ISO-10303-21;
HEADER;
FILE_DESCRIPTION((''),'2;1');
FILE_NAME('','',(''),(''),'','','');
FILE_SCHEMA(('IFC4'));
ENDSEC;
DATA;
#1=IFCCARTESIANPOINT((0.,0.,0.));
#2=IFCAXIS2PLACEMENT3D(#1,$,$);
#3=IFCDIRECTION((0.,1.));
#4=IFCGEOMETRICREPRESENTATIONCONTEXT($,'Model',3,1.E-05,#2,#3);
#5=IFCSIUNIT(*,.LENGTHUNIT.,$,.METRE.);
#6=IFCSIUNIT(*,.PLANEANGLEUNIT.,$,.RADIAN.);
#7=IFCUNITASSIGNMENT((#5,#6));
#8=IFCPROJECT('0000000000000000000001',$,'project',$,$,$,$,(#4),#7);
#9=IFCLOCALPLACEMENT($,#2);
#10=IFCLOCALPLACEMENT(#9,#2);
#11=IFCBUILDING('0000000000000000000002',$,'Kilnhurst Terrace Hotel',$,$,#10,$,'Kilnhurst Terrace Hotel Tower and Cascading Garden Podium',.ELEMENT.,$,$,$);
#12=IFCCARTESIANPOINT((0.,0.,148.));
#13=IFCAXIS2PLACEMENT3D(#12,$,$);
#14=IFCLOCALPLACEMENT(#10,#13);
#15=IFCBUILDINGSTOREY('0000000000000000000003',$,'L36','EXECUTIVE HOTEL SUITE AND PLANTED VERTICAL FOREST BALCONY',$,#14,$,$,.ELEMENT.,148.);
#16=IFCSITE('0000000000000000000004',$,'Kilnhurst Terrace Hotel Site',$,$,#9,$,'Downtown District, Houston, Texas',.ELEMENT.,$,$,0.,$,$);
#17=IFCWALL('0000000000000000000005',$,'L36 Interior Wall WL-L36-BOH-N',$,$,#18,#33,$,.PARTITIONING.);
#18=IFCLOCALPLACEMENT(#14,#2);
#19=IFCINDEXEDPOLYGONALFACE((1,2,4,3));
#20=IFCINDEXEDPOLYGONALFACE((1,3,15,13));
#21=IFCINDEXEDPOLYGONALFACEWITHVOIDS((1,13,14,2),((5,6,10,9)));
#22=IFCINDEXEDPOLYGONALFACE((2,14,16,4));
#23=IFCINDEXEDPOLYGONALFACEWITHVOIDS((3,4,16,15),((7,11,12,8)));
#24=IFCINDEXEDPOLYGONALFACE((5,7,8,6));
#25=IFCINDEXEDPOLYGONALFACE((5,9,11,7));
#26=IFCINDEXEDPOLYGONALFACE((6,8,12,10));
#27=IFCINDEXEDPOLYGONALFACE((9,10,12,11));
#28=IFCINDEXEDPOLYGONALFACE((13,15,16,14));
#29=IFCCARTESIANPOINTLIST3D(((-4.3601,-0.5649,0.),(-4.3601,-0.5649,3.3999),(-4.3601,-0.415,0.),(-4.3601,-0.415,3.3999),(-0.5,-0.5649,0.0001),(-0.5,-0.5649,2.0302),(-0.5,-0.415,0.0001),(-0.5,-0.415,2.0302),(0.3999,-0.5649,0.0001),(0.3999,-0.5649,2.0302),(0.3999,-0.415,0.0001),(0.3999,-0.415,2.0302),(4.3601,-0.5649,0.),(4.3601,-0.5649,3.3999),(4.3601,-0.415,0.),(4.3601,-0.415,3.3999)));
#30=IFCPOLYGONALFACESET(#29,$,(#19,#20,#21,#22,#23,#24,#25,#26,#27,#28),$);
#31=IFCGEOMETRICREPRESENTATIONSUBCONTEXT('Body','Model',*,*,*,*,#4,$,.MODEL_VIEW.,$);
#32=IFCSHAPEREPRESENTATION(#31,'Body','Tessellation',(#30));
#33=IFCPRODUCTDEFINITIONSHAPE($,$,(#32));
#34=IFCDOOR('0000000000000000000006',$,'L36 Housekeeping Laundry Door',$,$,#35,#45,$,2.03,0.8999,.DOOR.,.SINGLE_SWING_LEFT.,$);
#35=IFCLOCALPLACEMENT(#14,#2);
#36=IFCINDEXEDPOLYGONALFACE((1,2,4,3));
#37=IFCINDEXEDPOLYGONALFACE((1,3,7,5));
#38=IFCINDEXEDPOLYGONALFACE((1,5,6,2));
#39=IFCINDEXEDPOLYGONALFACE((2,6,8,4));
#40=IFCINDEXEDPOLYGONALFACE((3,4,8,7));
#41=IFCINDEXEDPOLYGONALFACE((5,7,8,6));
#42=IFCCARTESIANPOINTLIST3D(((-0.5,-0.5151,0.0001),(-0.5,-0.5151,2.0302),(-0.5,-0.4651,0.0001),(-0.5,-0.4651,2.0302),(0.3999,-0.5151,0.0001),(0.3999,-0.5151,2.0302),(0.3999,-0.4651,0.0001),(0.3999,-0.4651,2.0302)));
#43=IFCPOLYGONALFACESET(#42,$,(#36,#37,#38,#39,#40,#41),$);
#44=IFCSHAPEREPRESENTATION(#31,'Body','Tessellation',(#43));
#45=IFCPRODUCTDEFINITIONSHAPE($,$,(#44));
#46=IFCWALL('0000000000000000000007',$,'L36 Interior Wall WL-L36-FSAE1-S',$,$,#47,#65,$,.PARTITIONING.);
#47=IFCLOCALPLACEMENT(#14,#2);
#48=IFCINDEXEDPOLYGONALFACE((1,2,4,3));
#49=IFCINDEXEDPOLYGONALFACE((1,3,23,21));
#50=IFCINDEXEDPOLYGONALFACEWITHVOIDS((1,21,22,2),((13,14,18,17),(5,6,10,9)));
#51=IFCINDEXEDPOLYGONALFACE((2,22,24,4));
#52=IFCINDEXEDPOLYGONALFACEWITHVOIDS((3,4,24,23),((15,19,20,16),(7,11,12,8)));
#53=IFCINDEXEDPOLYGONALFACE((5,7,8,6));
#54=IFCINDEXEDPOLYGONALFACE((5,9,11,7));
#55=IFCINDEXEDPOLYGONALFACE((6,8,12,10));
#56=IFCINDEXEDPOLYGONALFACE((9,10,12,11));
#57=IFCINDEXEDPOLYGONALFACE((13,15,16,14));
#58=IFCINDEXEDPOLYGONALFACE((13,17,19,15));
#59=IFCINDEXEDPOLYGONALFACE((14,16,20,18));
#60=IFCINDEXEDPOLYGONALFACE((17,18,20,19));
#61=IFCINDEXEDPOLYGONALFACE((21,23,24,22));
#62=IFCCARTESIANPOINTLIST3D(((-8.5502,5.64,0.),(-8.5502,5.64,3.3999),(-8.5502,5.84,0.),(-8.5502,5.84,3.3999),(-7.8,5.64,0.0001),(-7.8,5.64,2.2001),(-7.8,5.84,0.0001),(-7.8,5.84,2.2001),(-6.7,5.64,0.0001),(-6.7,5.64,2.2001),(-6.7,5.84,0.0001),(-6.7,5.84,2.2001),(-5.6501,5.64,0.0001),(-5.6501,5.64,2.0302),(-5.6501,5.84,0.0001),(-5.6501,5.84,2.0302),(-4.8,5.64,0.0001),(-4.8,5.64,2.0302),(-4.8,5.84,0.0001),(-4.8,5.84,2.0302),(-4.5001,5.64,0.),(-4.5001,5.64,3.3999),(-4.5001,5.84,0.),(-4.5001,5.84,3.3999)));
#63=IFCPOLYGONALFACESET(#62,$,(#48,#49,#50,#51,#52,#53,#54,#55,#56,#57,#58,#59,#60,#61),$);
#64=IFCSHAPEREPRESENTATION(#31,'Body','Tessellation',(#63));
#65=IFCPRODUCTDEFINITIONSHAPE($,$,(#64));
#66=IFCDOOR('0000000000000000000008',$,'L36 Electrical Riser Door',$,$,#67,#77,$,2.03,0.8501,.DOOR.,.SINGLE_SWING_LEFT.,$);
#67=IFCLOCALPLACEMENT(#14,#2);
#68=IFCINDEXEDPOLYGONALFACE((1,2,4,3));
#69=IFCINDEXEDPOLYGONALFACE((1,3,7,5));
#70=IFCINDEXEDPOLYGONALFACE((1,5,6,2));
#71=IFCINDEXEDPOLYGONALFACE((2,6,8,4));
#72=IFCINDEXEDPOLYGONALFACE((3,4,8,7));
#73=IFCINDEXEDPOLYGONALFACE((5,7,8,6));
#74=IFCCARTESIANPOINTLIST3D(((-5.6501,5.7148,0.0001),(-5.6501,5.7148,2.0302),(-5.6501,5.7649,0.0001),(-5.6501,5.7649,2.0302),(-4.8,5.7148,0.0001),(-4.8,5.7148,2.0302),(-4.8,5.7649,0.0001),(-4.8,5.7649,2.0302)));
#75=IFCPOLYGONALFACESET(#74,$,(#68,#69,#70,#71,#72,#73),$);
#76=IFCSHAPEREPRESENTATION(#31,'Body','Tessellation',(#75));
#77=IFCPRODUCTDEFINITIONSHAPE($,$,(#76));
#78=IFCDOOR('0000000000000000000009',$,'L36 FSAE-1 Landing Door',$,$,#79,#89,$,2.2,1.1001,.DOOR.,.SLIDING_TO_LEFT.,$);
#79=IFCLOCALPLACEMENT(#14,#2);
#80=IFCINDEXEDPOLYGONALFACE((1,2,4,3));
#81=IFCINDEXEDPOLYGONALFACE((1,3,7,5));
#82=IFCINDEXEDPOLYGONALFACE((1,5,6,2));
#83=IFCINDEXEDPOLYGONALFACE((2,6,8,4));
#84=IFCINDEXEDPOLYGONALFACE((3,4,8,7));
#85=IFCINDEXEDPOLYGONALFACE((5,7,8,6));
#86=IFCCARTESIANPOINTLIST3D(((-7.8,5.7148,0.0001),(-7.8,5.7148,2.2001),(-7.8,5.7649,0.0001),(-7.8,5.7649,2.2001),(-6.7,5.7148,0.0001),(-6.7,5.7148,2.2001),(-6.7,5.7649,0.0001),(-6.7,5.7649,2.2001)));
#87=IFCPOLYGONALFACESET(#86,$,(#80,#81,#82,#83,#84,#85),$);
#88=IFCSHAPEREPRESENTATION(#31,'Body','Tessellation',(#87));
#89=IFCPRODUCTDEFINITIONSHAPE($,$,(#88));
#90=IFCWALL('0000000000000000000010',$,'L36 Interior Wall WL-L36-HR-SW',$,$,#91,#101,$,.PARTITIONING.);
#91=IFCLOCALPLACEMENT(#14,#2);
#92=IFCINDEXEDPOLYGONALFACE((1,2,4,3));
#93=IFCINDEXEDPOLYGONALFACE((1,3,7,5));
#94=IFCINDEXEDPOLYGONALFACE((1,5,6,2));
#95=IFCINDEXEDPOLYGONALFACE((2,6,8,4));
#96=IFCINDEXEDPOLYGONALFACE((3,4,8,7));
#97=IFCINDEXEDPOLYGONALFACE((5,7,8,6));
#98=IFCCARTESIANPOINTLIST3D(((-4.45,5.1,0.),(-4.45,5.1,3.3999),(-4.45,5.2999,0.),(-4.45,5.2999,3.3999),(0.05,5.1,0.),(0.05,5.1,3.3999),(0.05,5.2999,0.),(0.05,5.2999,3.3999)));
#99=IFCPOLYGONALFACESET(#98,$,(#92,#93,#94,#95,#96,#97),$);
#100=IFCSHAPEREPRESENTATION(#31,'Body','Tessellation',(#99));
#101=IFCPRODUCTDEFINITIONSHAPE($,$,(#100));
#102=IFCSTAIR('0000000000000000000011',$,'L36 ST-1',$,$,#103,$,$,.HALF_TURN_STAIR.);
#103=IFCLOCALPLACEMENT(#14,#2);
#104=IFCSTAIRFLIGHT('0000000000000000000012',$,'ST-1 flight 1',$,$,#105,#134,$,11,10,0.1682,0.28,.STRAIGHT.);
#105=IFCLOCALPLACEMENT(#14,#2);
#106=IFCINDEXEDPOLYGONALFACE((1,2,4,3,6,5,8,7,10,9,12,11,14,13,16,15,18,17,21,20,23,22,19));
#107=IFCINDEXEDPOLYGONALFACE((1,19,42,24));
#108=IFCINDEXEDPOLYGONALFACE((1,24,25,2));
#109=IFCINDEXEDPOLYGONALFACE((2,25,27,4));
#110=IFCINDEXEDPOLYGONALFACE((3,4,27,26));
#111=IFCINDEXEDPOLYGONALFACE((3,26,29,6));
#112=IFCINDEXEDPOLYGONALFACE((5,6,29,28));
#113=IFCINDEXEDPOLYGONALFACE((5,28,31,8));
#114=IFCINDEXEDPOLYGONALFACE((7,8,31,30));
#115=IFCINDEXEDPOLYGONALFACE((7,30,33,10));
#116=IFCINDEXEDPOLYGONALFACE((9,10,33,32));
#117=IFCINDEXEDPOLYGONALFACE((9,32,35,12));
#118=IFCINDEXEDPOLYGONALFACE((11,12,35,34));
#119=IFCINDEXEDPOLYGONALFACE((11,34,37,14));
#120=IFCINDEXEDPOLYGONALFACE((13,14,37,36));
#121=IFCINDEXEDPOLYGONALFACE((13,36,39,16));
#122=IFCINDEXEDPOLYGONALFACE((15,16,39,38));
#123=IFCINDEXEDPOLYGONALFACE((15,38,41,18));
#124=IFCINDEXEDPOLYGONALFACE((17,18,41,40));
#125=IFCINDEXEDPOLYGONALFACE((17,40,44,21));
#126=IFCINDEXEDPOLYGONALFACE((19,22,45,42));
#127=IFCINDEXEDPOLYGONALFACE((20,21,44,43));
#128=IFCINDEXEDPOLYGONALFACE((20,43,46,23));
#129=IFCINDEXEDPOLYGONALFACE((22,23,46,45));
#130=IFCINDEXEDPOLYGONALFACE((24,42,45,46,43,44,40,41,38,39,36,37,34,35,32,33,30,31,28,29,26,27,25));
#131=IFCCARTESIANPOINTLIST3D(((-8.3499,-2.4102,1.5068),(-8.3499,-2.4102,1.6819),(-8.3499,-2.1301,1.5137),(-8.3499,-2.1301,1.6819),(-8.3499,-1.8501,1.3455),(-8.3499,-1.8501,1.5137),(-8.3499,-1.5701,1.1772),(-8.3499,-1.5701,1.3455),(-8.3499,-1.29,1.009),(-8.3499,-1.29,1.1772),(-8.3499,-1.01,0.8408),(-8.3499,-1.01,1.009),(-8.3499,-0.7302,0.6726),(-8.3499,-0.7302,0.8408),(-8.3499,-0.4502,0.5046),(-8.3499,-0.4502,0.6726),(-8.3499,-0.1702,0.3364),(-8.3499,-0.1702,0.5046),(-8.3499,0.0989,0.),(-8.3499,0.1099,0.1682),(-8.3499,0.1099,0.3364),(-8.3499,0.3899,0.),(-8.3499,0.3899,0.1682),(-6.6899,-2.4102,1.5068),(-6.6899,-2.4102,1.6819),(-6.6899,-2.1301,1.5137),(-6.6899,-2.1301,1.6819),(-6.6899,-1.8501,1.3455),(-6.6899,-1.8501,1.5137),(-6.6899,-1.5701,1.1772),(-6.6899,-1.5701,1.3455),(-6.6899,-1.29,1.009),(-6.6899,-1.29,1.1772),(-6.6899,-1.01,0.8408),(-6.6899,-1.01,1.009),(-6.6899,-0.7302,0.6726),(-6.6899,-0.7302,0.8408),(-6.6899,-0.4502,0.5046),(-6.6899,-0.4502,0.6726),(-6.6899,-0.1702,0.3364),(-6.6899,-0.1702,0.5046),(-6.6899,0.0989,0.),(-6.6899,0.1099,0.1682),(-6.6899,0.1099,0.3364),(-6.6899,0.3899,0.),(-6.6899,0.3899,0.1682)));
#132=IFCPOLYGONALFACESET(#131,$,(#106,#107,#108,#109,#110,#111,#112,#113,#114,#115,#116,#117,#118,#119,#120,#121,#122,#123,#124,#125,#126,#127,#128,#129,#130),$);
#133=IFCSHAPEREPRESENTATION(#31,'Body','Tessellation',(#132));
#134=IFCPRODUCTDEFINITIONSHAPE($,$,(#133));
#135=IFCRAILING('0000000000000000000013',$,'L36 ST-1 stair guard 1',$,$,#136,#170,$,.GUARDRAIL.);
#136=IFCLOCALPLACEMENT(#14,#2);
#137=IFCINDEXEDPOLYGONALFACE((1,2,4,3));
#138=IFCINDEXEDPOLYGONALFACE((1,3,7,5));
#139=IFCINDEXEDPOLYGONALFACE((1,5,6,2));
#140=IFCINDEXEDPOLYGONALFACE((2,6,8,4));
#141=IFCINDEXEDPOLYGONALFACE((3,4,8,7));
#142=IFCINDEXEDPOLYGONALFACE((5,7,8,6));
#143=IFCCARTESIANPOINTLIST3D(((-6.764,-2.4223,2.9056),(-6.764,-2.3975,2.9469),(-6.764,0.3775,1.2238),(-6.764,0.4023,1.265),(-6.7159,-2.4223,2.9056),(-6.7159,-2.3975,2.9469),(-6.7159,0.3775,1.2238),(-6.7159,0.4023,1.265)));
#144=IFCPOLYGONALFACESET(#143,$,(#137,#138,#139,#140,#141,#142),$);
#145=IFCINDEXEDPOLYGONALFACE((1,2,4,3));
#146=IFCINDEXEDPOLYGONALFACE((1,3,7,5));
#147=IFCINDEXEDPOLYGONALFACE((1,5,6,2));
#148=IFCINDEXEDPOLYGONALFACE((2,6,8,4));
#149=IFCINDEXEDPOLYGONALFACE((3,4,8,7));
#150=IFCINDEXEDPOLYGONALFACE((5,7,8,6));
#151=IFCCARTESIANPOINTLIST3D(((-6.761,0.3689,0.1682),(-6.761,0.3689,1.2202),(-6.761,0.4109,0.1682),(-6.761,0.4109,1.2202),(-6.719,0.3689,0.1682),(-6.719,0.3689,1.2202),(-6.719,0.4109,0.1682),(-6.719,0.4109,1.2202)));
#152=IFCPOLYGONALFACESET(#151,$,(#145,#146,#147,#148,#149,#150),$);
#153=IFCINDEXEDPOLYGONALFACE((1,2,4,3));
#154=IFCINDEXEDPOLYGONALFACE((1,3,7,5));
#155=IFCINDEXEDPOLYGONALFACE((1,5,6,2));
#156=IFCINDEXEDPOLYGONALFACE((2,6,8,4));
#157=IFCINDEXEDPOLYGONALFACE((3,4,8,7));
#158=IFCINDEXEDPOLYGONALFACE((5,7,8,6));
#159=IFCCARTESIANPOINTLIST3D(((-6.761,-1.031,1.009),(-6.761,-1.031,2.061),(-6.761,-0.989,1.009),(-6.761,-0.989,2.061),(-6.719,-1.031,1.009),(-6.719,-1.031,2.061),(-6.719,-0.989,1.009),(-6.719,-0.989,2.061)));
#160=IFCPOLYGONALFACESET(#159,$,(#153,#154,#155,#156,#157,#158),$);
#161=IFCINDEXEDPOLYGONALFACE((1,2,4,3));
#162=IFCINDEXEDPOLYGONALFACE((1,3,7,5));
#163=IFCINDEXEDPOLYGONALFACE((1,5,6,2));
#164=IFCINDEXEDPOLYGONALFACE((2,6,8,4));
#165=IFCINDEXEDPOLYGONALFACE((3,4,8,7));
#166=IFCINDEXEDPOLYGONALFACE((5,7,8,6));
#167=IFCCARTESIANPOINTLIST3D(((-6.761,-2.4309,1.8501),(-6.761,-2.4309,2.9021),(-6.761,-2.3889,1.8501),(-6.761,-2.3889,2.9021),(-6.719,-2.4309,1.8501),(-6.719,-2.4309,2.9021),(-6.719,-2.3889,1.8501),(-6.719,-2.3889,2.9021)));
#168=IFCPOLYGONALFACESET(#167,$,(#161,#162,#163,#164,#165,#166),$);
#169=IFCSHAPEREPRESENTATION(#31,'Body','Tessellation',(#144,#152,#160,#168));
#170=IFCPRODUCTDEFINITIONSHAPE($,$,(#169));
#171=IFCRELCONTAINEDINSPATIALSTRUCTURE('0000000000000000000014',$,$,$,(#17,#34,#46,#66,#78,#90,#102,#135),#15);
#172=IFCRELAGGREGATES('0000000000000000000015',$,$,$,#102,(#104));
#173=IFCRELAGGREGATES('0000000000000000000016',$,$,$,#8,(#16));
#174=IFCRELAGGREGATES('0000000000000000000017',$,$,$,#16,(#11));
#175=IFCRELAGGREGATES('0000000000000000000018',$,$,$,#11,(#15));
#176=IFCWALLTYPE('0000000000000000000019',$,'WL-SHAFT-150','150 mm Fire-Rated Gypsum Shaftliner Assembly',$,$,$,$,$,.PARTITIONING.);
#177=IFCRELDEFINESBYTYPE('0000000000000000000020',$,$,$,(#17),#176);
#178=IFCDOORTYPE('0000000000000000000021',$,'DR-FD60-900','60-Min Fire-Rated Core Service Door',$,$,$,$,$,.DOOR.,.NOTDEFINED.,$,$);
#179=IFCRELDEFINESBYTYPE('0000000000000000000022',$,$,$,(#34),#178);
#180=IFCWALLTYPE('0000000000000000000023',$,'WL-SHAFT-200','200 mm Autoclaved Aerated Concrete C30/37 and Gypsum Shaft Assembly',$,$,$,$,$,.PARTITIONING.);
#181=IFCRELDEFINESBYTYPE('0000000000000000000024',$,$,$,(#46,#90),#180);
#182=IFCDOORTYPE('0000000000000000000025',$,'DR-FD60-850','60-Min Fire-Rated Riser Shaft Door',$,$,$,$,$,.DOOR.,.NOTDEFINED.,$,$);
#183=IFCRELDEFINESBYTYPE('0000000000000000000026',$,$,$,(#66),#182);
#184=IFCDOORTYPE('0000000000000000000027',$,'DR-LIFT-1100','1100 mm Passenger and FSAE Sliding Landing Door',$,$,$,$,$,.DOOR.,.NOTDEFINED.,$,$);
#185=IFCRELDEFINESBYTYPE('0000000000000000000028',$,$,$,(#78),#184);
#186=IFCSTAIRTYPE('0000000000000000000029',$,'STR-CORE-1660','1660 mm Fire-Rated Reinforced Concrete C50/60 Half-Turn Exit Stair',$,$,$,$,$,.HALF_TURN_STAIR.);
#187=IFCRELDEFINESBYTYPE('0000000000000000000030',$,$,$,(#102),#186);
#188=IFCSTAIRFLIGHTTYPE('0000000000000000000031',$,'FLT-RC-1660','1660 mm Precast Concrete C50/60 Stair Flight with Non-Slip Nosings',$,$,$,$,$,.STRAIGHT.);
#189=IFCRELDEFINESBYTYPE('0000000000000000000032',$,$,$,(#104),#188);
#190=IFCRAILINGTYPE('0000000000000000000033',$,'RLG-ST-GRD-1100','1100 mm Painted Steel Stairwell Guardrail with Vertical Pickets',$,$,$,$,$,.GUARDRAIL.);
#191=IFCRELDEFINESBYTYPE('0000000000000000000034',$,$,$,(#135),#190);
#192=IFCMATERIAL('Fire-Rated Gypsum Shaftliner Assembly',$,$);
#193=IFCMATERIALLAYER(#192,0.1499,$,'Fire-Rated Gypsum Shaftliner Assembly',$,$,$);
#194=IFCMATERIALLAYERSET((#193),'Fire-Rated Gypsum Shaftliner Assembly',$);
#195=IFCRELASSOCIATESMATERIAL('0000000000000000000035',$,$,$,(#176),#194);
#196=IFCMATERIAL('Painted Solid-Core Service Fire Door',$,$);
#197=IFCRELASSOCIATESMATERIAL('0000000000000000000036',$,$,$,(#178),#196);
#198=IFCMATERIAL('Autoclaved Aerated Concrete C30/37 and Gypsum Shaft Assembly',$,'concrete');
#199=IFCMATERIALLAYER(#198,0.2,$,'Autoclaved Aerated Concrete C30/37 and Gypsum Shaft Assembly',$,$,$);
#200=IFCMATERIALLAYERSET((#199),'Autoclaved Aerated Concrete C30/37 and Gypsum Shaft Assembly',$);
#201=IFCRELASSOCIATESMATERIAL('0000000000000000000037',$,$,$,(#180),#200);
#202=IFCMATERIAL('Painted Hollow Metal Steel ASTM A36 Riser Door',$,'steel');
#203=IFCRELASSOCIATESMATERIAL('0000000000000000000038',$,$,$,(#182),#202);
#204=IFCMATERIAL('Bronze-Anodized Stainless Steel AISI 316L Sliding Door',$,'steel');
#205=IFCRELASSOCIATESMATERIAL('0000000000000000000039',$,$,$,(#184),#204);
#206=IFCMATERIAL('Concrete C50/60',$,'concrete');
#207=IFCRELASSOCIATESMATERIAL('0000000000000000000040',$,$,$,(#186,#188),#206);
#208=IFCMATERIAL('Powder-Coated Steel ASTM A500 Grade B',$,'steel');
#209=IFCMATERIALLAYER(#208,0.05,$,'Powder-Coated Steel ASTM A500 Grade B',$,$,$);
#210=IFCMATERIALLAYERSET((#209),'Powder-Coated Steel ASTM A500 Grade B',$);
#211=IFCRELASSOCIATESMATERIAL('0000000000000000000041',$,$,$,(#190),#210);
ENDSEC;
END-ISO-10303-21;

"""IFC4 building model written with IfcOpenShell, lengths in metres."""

from ifc_helpers import new_model, si_unit, direction, frame, frame_2d, origin, origin_2d, place, context, subcontext, project, spatial, polyline, rectangle, outline, extrude, material, layer, layer_set, type_object, element, fill, aggregate, save


model = new_model("IFC4")

# Units and contexts
model_context = context("Model", 3, precision=1e-05, world=origin(), true_north=direction((0.0, 1.0)))
body_context = subcontext(model_context, "Body", "Model", "MODEL_VIEW")
ifc_project = project(units=[si_unit("LENGTHUNIT", "METRE"), si_unit("PLANEANGLEUNIT", "RADIAN")], contexts=[model_context])

# Site, building, storey
site_placement = place(None, origin())
site = spatial("IfcSite", under=ifc_project, at=site_placement, Name="Kilnhurst Terrace Hotel Site", LongName="Downtown District, Houston, Texas", CompositionType="ELEMENT", RefElevation=0.0)
building_placement = place(site_placement, origin())
building = spatial("IfcBuilding", under=site, at=building_placement, Name="Kilnhurst Terrace Hotel", LongName="Kilnhurst Terrace Hotel Tower and Cascading Garden Podium", CompositionType="ELEMENT")
storey_placement = place(building_placement, frame((0.0, 0.0, 148.0)))
storey = spatial("IfcBuildingStorey", under=building, at=storey_placement, Name="L36", Description="EXECUTIVE HOTEL SUITE AND PLANTED VERTICAL FOREST BALCONY", CompositionType="ELEMENT", Elevation=148.0)

# Shared definitions
ifc_material_1 = material(Name="Concrete C50/60", Category="concrete")

# Shared definitions
ifc_material_2 = material(Name="Fire-Rated Gypsum Shaftliner Assembly")
ifc_layer_1 = layer(ifc_material_2, 0.1499, Name="Fire-Rated Gypsum Shaftliner Assembly")
ifc_layer_set_1 = layer_set([ifc_layer_1], Name="Fire-Rated Gypsum Shaftliner Assembly")
wall_type_1 = type_object("IfcWallType", Name="WL-SHAFT-150", Description="150 mm Fire-Rated Gypsum Shaftliner Assembly", PredefinedType="PARTITIONING", material=ifc_layer_set_1)

# Wall, opening, door
wall_1_placement = place(storey_placement, frame((-4.3601, -0.49, 0.0), z_axis=(0.0, 0.0, 1.0), x_axis=(1.0, 0.0, 0.0)))
wall_1 = element("IfcWall", 1, at=wall_1_placement, inside=storey, type_object=wall_type_1, Name="L36 Interior Wall WL-L36-BOH-N", PredefinedType="PARTITIONING", context=body_context, shape_type="SweptSolid", body=[
    extrude(rectangle(XDim=8.7202, YDim=0.1499, at=frame_2d((4.3601, 0.0))), origin(), (0.0, 0.0, 1.0), 3.3999),
])
opening_1_placement = place(wall_1_placement, frame((3.8601, 0.0, 0.0)))
opening_1 = element("IfcOpeningElement", 2, at=opening_1_placement, cuts=wall_1, PredefinedType="OPENING", context=body_context, shape_type="SweptSolid", body=[
    extrude(rectangle(XDim=0.8999, YDim=2.03, at=frame_2d((0.45, 1.0151))), frame((0.0, 0.085, 0.0), z_axis=(0.0, -1.0, 0.0), x_axis=(1.0, 0.0, 0.0)), (0.0, 0.0, 1.0), 0.1699),
])
ifc_material_3 = material(Name="Painted Solid-Core Service Fire Door")
door_type_1 = type_object("IfcDoorType", Name="DR-FD60-900", Description="60-Min Fire-Rated Core Service Door", OperationType="NOTDEFINED", PredefinedType="DOOR", material=ifc_material_3)
door_1_placement = place(opening_1_placement, origin())
door_1 = element("IfcDoor", 3, at=door_1_placement, inside=storey, type_object=door_type_1, Name="L36 Housekeeping Laundry Door", OperationType="SINGLE_SWING_LEFT", OverallHeight=2.03, OverallWidth=0.8999, PredefinedType="DOOR", context=body_context, shape_type="SweptSolid", body=[
    extrude(rectangle(XDim=0.8999, YDim=2.03, at=frame_2d((0.45, 1.0151))), frame((0.0, 0.0249, 0.0), z_axis=(0.0, -1.0, 0.0), x_axis=(1.0, 0.0, 0.0)), (0.0, 0.0, 1.0), 0.05),
])
fill(opening_1, door_1)

# Wall, openings, doors
ifc_material_4 = material(Name="Autoclaved Aerated Concrete C30/37 and Gypsum Shaft Assembly", Category="concrete")
ifc_layer_2 = layer(ifc_material_4, 0.2, Name="Autoclaved Aerated Concrete C30/37 and Gypsum Shaft Assembly")
ifc_layer_set_2 = layer_set([ifc_layer_2], Name="Autoclaved Aerated Concrete C30/37 and Gypsum Shaft Assembly")
wall_type_2 = type_object("IfcWallType", Name="WL-SHAFT-200", Description="200 mm Autoclaved Aerated Concrete C30/37 and Gypsum Shaft Assembly", PredefinedType="PARTITIONING", material=ifc_layer_set_2)
wall_2_placement = place(storey_placement, frame((-8.55, 5.74, 0.0), z_axis=(0.0, 0.0, 1.0), x_axis=(1.0, 0.0, 0.0)))
wall_2 = element("IfcWall", 4, at=wall_2_placement, inside=storey, type_object=wall_type_2, Name="L36 Interior Wall WL-L36-FSAE1-S", PredefinedType="PARTITIONING", context=body_context, shape_type="SweptSolid", body=[
    extrude(rectangle(XDim=4.05, YDim=0.2, at=frame_2d((2.0249, 0.0))), origin(), (0.0, 0.0, 1.0), 3.3999),
])
opening_2_placement = place(wall_2_placement, frame((0.75, 0.0, 0.0)))
opening_2 = element("IfcOpeningElement", 5, at=opening_2_placement, cuts=wall_2, PredefinedType="OPENING", context=body_context, shape_type="SweptSolid", body=[
    extrude(rectangle(XDim=1.1001, YDim=2.2, at=frame_2d((0.55, 1.1001))), frame((0.0, 0.1099, 0.0), z_axis=(0.0, -1.0, 0.0), x_axis=(1.0, 0.0, 0.0)), (0.0, 0.0, 1.0), 0.22),
])
opening_3_placement = place(wall_2_placement, frame((2.8999, 0.0, 0.0)))
opening_3 = element("IfcOpeningElement", 6, at=opening_3_placement, cuts=wall_2, PredefinedType="OPENING", context=body_context, shape_type="SweptSolid", body=[
    extrude(rectangle(XDim=0.8501, YDim=2.03, at=frame_2d((0.425, 1.0151))), frame((0.0, 0.1099, 0.0), z_axis=(0.0, -1.0, 0.0), x_axis=(1.0, 0.0, 0.0)), (0.0, 0.0, 1.0), 0.22),
])
ifc_material_5 = material(Name="Painted Hollow Metal Steel ASTM A36 Riser Door", Category="steel")
door_type_2 = type_object("IfcDoorType", Name="DR-FD60-850", Description="60-Min Fire-Rated Riser Shaft Door", OperationType="NOTDEFINED", PredefinedType="DOOR", material=ifc_material_5)
door_2_placement = place(opening_3_placement, origin())
door_2 = element("IfcDoor", 7, at=door_2_placement, inside=storey, type_object=door_type_2, Name="L36 Electrical Riser Door", OperationType="SINGLE_SWING_LEFT", OverallHeight=2.03, OverallWidth=0.8501, PredefinedType="DOOR", context=body_context, shape_type="SweptSolid", body=[
    extrude(rectangle(XDim=0.8501, YDim=2.03, at=frame_2d((0.425, 1.0151))), frame((0.0, 0.0249, 0.0), z_axis=(0.0, -1.0, 0.0), x_axis=(1.0, 0.0, 0.0)), (0.0, 0.0, 1.0), 0.05),
])
fill(opening_3, door_2)
ifc_material_6 = material(Name="Bronze-Anodized Stainless Steel AISI 316L Sliding Door", Category="steel")
door_type_3 = type_object("IfcDoorType", Name="DR-LIFT-1100", Description="1100 mm Passenger and FSAE Sliding Landing Door", OperationType="NOTDEFINED", PredefinedType="DOOR", material=ifc_material_6)
door_3_placement = place(opening_2_placement, origin())
door_3 = element("IfcDoor", 8, at=door_3_placement, inside=storey, type_object=door_type_3, Name="L36 FSAE-1 Landing Door", OperationType="SLIDING_TO_LEFT", OverallHeight=2.2, OverallWidth=1.1001, PredefinedType="DOOR", context=body_context, shape_type="SweptSolid", body=[
    extrude(rectangle(XDim=1.1001, YDim=2.2, at=frame_2d((0.55, 1.1001))), frame((0.0, 0.0249, 0.0), z_axis=(0.0, -1.0, 0.0), x_axis=(1.0, 0.0, 0.0)), (0.0, 0.0, 1.0), 0.05),
])
fill(opening_2, door_3)

# Wall
wall_3_placement = place(storey_placement, frame((-4.45, 5.2, 0.0), z_axis=(0.0, 0.0, 1.0), x_axis=(1.0, 0.0, 0.0)))
element("IfcWall", 9, at=wall_3_placement, inside=storey, type_object=wall_type_2, Name="L36 Interior Wall WL-L36-HR-SW", PredefinedType="PARTITIONING", context=body_context, shape_type="SweptSolid", body=[
    extrude(rectangle(XDim=4.5, YDim=0.2, at=frame_2d((2.25, 0.0))), origin(), (0.0, 0.0, 1.0), 3.3999),
])

# Stair, stair flight
stair_type = type_object("IfcStairType", Name="STR-CORE-1660", Description="1660 mm Fire-Rated Reinforced Concrete C50/60 Half-Turn Exit Stair", PredefinedType="HALF_TURN_STAIR", material=ifc_material_1)
stair_placement = place(storey_placement, origin())
stair = element("IfcStair", 10, at=stair_placement, inside=storey, type_object=stair_type, Name="L36 ST-1", PredefinedType="HALF_TURN_STAIR")
stair_flight_type = type_object("IfcStairFlightType", Name="FLT-RC-1660", Description="1660 mm Precast Concrete C50/60 Stair Flight with Non-Slip Nosings", PredefinedType="STRAIGHT", material=ifc_material_1)
stair_flight_placement = place(storey_placement, frame((-7.52, 0.3899, 0.0), z_axis=(0.0, 0.0, 1.0), x_axis=(0.0, -1.0, 0.0)))
stair_flight = element("IfcStairFlight", 11, at=stair_flight_placement, type_object=stair_flight_type, Name="ST-1 flight 1", NumberOfRisers=11, NumberOfTreads=10, PredefinedType="STRAIGHT", RiserHeight=0.1682, TreadLength=0.28, context=body_context, shape_type="SweptSolid", body=[
    extrude(outline(polyline([(0.0, 0.0), (0.0, 0.1682), (0.28, 0.1682), (0.28, 0.3364), (0.5601, 0.3364), (0.5601, 0.5046), (0.8401, 0.5046), (0.8401, 0.6726), (1.1201, 0.6726), (1.1201, 0.8408), (1.3999, 0.8408), (1.3999, 1.009), (1.6799, 1.009), (1.6799, 1.1772), (1.96, 1.1772), (1.96, 1.3455), (2.24, 1.3455), (2.24, 1.5137), (2.52, 1.5137), (2.52, 1.6819), (2.8, 1.6819), (2.8, 1.8501), (2.8, 1.5068), (0.291, 0.0), (0.0, 0.0)])), frame((0.0, 0.8301, 0.0), z_axis=(0.0, -1.0, 0.0), x_axis=(1.0, 0.0, 0.0)), (0.0, 0.0, 1.0), 1.6599),
])
aggregate(stair, [stair_flight])

# Railing
ifc_material_7 = material(Name="Powder-Coated Steel ASTM A500 Grade B", Category="steel")
ifc_layer_3 = layer(ifc_material_7, 0.05, Name="Powder-Coated Steel ASTM A500 Grade B")
ifc_layer_set_3 = layer_set([ifc_layer_3], Name="Powder-Coated Steel ASTM A500 Grade B")
railing_type_1 = type_object("IfcRailingType", Name="RLG-ST-GRD-1100", Description="1100 mm Painted Steel Stairwell Guardrail with Vertical Pickets", PredefinedType="GUARDRAIL", material=ifc_layer_set_3)
railing_1_placement = place(storey_placement, frame((-6.74, 0.3899, 0.1682)))
element("IfcRailing", 12, at=railing_1_placement, inside=storey, type_object=railing_type_1, Name="L36 ST-1 stair guard 1", PredefinedType="GUARDRAIL", context=body_context, shape_type="SweptSolid", body=[
    extrude(rectangle(XDim=0.0481, YDim=0.0481, at=origin_2d()), frame((0.0, 0.0, 1.0762), z_axis=(0.0, -0.857222, 0.514946), x_axis=(1.0, 0.0, 0.0)), (0.0, 0.0, 1.0), 3.2661),
    extrude(rectangle(XDim=0.042, YDim=0.042, at=origin_2d()), origin(), (0.0, 0.0, 1.0), 1.052),
    extrude(rectangle(XDim=0.042, YDim=0.042, at=origin_2d()), frame((0.0, -1.3999, 0.8408)), (0.0, 0.0, 1.0), 1.052),
    extrude(rectangle(XDim=0.042, YDim=0.042, at=origin_2d()), frame((0.0, -2.7998, 1.6819)), (0.0, 0.0, 1.0), 1.052),
])

save(model, "model.ifc")
